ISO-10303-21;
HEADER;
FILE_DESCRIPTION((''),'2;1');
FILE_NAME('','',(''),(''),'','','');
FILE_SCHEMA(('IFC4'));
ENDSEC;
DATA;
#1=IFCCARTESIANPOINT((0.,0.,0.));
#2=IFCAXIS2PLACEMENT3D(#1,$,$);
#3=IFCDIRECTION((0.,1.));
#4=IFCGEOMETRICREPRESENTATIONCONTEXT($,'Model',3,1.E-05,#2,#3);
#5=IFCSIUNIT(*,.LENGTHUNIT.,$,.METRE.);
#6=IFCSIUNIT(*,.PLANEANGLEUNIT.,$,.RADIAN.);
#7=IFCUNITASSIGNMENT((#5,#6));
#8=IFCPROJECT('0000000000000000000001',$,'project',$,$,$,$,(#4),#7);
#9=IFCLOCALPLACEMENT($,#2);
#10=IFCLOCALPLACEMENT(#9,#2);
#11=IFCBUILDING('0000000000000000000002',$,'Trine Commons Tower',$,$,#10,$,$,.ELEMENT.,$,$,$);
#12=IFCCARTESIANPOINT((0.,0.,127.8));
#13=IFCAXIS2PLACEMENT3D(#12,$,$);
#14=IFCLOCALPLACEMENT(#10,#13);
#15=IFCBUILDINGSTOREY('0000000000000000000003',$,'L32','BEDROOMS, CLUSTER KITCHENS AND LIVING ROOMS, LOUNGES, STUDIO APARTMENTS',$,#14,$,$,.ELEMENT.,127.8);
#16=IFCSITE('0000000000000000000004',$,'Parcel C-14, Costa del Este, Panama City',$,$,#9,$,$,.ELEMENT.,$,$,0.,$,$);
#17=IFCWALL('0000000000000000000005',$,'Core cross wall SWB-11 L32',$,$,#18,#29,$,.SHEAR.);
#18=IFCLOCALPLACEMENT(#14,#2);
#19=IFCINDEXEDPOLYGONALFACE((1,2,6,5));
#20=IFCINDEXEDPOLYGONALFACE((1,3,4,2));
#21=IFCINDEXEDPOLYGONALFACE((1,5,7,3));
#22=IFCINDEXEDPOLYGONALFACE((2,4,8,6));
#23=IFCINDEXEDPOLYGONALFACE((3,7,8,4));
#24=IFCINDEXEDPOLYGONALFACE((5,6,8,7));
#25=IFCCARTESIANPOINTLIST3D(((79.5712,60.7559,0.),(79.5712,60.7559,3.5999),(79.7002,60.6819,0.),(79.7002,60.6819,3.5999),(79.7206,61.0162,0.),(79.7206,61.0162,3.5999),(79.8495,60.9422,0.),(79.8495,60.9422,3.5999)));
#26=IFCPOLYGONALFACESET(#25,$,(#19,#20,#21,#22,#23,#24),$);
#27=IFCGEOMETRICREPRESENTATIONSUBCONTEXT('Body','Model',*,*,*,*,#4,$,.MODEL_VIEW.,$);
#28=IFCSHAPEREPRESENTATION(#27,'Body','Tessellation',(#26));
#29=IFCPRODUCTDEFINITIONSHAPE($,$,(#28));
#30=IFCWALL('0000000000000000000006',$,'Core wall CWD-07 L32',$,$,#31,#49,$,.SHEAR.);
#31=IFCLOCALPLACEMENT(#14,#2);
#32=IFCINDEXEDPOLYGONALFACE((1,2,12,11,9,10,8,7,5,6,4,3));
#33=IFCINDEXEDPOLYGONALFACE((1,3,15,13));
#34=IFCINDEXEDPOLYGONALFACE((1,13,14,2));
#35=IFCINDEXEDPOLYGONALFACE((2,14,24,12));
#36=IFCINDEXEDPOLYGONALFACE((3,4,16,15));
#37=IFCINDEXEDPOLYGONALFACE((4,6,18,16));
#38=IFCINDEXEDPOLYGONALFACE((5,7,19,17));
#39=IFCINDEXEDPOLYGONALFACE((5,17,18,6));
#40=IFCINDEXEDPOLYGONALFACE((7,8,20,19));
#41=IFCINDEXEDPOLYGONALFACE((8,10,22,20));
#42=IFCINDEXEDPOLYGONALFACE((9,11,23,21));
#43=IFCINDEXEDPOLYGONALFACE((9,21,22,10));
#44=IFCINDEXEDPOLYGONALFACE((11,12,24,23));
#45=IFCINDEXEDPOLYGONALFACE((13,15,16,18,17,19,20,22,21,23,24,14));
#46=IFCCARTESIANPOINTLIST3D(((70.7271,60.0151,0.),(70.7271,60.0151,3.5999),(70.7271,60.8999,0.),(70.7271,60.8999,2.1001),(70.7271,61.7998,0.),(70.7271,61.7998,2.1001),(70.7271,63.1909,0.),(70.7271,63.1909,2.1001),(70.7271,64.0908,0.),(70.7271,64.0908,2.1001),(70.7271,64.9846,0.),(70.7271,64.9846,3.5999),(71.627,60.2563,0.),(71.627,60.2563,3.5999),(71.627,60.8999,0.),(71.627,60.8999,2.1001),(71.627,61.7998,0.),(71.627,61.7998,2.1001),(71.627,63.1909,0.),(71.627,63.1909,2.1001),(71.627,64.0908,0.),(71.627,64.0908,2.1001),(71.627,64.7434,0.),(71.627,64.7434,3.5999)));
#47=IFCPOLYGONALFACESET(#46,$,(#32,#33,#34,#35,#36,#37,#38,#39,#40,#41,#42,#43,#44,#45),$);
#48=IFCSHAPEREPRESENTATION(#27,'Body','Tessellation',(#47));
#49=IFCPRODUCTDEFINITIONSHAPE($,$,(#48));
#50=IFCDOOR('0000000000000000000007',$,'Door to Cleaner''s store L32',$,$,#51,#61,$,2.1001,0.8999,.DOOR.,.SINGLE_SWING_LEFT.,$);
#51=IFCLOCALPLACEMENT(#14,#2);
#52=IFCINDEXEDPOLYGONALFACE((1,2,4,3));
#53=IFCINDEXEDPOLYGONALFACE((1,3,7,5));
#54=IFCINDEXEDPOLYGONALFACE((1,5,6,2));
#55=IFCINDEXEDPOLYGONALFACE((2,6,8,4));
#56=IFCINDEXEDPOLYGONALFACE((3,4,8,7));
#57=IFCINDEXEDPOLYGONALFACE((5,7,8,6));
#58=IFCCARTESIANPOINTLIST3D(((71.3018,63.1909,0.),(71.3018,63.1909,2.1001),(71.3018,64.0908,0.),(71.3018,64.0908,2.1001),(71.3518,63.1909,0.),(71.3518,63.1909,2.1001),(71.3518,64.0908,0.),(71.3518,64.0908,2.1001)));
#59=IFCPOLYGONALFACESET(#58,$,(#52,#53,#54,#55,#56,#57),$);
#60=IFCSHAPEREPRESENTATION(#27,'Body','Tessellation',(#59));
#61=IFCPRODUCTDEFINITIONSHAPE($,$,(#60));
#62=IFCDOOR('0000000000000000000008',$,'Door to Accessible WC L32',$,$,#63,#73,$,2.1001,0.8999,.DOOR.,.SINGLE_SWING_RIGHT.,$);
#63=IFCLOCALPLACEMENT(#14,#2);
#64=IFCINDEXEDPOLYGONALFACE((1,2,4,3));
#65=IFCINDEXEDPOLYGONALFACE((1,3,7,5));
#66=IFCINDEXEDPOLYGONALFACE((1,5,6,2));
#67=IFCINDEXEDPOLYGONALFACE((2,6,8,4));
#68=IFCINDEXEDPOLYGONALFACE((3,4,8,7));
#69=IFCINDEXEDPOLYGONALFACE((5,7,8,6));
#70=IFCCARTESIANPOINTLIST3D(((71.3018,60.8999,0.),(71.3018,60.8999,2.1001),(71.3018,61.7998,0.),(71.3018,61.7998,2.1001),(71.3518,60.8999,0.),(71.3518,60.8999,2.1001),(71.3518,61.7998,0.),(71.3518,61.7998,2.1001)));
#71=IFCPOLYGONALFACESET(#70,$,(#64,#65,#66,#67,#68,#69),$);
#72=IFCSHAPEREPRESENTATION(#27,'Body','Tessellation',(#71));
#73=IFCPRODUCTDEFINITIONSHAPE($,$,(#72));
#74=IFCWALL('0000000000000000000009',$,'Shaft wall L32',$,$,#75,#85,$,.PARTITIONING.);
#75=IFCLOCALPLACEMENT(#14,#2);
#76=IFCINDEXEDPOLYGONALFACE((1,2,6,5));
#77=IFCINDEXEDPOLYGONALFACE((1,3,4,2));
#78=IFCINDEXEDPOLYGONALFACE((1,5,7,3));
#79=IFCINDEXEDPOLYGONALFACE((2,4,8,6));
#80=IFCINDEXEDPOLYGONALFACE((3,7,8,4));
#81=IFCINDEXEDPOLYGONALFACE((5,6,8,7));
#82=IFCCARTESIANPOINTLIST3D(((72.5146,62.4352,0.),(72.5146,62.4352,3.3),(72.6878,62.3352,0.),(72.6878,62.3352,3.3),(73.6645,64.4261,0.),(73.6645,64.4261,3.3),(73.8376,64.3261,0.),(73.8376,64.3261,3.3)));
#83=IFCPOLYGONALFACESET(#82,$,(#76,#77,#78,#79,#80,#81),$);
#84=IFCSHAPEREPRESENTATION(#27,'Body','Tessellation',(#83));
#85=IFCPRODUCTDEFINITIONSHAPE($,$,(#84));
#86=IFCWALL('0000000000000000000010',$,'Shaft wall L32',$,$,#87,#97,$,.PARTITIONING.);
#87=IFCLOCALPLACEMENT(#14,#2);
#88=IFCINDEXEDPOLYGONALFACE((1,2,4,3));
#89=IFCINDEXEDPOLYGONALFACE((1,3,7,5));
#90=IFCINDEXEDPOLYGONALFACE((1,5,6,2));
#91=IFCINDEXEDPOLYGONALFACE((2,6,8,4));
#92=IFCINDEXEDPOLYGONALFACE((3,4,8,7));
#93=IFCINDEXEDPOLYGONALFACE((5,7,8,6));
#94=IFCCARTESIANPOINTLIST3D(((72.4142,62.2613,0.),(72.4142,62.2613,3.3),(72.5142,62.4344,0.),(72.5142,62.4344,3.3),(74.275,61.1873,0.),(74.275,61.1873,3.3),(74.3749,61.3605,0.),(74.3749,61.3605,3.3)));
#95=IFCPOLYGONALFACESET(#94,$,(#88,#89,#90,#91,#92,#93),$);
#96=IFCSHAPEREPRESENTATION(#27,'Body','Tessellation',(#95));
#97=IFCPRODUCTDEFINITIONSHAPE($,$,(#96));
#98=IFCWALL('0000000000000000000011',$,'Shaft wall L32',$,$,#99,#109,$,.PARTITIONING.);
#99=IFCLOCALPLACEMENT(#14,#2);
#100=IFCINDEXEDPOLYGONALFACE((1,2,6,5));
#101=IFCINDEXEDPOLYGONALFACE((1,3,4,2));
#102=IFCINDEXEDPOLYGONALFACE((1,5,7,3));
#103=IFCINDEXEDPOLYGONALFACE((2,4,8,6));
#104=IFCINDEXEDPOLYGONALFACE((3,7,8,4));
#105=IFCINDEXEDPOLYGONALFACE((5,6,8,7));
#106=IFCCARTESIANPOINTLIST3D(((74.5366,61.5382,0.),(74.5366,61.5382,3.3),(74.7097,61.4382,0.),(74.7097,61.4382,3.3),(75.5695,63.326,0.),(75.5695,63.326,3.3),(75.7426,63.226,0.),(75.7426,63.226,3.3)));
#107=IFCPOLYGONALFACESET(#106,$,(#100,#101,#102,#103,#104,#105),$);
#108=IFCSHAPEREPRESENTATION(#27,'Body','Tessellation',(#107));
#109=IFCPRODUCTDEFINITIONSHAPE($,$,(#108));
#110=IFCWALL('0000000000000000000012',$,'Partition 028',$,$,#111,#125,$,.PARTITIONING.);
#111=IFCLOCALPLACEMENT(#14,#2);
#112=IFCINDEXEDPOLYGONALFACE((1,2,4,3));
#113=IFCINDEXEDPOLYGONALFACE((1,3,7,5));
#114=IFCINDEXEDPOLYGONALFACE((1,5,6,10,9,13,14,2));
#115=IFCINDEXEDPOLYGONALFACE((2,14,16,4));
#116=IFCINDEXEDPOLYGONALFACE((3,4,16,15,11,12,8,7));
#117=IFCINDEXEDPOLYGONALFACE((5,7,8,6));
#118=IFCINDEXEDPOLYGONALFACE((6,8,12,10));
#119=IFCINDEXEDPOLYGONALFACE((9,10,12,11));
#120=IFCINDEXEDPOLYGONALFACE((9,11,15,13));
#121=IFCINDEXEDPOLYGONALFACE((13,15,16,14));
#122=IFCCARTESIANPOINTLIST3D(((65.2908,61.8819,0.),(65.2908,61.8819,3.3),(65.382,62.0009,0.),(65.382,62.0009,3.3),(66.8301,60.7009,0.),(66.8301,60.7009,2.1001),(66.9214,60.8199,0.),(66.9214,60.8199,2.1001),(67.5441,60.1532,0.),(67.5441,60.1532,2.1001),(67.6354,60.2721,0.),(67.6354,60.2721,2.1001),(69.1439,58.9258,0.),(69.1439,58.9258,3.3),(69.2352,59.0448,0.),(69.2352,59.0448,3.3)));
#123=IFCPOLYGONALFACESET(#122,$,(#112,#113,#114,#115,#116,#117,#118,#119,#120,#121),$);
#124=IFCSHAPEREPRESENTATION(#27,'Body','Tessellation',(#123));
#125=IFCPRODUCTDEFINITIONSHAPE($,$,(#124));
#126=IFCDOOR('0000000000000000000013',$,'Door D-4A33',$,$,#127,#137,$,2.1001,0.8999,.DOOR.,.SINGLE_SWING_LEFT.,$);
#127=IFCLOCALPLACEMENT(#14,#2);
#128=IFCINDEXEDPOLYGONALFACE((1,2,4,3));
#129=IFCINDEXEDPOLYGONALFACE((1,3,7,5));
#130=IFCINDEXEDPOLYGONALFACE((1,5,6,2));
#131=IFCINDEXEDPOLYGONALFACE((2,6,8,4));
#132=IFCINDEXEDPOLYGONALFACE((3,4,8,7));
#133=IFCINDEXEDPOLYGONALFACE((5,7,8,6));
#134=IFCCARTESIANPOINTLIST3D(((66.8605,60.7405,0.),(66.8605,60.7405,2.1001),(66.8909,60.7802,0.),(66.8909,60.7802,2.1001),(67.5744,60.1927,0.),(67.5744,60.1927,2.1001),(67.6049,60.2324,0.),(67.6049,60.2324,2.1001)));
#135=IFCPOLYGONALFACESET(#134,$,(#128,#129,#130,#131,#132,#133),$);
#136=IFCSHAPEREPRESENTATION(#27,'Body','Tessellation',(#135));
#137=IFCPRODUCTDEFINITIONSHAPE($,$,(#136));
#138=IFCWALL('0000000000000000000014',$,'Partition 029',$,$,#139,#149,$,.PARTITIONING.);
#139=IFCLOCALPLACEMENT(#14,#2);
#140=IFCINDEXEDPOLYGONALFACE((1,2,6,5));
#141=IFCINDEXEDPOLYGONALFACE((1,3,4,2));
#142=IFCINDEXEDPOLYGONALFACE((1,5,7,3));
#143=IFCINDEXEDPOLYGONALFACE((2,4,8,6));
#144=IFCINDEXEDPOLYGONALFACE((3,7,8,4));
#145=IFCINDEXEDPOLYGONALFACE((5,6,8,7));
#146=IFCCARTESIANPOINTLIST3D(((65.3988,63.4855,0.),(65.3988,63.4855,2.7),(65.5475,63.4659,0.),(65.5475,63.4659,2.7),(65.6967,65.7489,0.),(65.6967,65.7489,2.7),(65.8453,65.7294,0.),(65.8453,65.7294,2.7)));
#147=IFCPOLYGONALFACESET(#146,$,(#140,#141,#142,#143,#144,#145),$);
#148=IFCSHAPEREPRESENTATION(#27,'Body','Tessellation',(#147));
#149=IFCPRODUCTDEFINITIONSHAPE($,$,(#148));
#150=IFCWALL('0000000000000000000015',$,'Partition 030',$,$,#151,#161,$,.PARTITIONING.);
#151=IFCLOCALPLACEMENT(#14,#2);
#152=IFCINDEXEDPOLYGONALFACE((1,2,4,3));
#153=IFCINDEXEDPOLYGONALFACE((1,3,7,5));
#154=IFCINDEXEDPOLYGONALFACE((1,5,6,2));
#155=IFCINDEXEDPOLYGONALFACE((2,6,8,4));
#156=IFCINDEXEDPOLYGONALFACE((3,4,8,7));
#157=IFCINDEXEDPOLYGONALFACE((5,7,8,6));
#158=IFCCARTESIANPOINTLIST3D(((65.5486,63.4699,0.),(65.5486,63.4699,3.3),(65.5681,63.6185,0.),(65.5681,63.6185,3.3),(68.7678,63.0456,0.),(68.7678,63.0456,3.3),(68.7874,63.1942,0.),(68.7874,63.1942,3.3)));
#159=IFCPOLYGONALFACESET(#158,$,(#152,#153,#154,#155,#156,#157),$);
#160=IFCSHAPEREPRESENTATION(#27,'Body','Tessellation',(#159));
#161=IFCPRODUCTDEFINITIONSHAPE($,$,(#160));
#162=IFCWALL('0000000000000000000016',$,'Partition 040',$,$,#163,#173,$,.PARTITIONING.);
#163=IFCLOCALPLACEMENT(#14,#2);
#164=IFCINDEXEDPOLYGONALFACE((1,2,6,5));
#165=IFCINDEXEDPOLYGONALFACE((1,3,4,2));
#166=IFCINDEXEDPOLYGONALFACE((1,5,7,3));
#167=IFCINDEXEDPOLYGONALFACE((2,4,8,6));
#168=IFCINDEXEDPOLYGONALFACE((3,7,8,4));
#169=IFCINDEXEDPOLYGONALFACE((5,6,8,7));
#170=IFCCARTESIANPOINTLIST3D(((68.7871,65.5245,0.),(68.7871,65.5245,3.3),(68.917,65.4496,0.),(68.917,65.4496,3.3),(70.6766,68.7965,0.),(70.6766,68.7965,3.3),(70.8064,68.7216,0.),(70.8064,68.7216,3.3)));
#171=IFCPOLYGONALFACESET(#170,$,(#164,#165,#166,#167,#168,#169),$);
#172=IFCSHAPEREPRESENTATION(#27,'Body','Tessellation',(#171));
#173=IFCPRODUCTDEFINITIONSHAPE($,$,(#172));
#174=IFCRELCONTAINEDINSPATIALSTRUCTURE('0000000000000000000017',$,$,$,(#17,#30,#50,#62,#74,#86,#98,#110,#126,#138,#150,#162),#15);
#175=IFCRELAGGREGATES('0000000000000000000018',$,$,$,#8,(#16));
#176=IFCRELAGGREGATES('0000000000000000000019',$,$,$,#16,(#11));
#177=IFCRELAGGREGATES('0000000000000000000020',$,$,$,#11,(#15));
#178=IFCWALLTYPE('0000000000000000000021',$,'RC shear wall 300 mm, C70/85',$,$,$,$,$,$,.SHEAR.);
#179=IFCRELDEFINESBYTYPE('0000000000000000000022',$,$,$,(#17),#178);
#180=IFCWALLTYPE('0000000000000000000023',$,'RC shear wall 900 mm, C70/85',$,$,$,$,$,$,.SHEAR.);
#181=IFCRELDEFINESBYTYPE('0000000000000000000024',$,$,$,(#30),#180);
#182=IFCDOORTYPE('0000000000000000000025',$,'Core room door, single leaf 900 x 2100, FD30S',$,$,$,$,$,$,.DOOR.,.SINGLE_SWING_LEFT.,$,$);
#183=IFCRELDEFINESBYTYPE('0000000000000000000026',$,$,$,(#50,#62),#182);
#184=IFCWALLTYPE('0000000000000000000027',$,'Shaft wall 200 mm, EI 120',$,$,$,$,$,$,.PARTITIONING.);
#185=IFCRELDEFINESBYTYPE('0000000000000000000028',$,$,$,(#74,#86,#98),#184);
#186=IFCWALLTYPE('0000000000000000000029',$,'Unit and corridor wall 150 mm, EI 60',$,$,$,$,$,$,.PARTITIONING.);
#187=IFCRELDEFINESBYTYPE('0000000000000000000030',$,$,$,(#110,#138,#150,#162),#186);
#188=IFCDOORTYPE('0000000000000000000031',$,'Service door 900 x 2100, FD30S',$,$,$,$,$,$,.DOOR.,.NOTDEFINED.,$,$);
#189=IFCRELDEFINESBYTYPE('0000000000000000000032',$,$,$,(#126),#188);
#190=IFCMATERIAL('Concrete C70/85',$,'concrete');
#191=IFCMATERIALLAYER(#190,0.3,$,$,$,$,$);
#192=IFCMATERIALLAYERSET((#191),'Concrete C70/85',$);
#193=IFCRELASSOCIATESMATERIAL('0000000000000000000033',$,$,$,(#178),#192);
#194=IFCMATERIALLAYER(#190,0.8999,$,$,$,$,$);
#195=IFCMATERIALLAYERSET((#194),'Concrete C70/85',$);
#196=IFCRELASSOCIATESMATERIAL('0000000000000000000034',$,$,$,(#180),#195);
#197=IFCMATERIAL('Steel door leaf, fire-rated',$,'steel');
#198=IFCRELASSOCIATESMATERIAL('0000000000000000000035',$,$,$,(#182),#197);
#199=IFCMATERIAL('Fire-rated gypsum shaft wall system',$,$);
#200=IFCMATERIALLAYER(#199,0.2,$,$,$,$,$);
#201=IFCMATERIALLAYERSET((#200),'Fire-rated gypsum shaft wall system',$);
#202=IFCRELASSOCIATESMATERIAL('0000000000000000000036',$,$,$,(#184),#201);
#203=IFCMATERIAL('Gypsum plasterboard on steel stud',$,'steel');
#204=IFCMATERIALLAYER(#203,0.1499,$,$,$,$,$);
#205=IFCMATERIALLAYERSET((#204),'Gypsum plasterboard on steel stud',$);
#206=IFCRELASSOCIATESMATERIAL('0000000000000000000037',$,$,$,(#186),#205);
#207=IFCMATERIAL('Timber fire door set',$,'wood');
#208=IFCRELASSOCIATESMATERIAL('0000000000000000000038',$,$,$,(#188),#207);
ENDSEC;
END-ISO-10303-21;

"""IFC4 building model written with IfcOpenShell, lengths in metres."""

from ifc_helpers import new_model, si_unit, direction, frame, frame_2d, origin, place, context, subcontext, project, spatial, polyline, rectangle, outline, extrude, material, layer, layer_set, type_object, element, fill, save


model = new_model("IFC4")

# Units and contexts
model_context = context("Model", 3, precision=1e-05, world=origin(), true_north=direction((0.0, 1.0)))
body_context = subcontext(model_context, "Body", "Model", "MODEL_VIEW")
ifc_project = project(units=[si_unit("LENGTHUNIT", "METRE"), si_unit("PLANEANGLEUNIT", "RADIAN")], contexts=[model_context])

# Site, building, storey
site_placement = place(None, origin())
site = spatial("IfcSite", under=ifc_project, at=site_placement, Name="Parcel C-14, Costa del Este, Panama City", CompositionType="ELEMENT", RefElevation=0.0)
building_placement = place(site_placement, origin())
building = spatial("IfcBuilding", under=site, at=building_placement, Name="Trine Commons Tower", CompositionType="ELEMENT")
storey_placement = place(building_placement, frame((0.0, 0.0, 127.8)))
storey = spatial("IfcBuildingStorey", under=building, at=storey_placement, Name="L32", Description="BEDROOMS, CLUSTER KITCHENS AND LIVING ROOMS, LOUNGES, STUDIO APARTMENTS", CompositionType="ELEMENT", Elevation=127.8)

# Shared definitions
ifc_material_1 = material(Name="Fire-rated gypsum shaft wall system")
ifc_material_2 = material(Name="Steel door leaf, fire-rated", Category="steel")
ifc_material_3 = material(Name="Concrete C70/85", Category="concrete")
ifc_layer_1 = layer(ifc_material_3, 0.3)
ifc_layer_set_1 = layer_set([ifc_layer_1], Name="Concrete C70/85")
wall_type_1 = type_object("IfcWallType", Name="RC shear wall 300 mm, C70/85", PredefinedType="SHEAR", material=ifc_layer_set_1)

# Wall
wall_1_placement = place(storey_placement, frame((79.646, 60.886, 0.0), z_axis=(0.0, 0.0, 1.0), x_axis=(0.867332, -0.49773, 0.0)))
element("IfcWall", 1, at=wall_1_placement, inside=storey, type_object=wall_type_1, Name="Core cross wall SWB-11 L32", PredefinedType="SHEAR", context=body_context, shape_type="SweptSolid", body=[
    extrude(rectangle(XDim=0.1487, YDim=0.3, at=frame_2d((0.0742, 0.0))), origin(), (0.0, 0.0, 1.0), 3.5999),
])

# Wall, openings, doors
ifc_layer_2 = layer(ifc_material_3, 0.8999)
ifc_layer_set_2 = layer_set([ifc_layer_2], Name="Concrete C70/85")
wall_type_2 = type_object("IfcWallType", Name="RC shear wall 900 mm, C70/85", PredefinedType="SHEAR", material=ifc_layer_set_2)
wall_2_placement = place(storey_placement, frame((71.177, 64.9846, 0.0), z_axis=(0.0, 0.0, 1.0), x_axis=(0.0, -1.0, 0.0)))
wall_2 = element("IfcWall", 2, at=wall_2_placement, inside=storey, type_object=wall_type_2, Name="Core wall CWD-07 L32", PredefinedType="SHEAR", context=body_context, shape_type="SweptSolid", body=[
    extrude(outline(polyline([(0.0, -0.45), (4.9695, -0.45), (4.7283, 0.45), (0.2412, 0.45), (0.0, -0.45)])), origin(), (0.0, 0.0, 1.0), 3.5999),
])
opening_1_placement = place(wall_2_placement, frame((0.8938, 0.0, 0.0)))
opening_1 = element("IfcOpeningElement", 3, at=opening_1_placement, cuts=wall_2, PredefinedType="OPENING", context=body_context, shape_type="SweptSolid", body=[
    extrude(rectangle(XDim=0.8999, YDim=2.1001, at=frame_2d((0.45, 1.05))), frame((0.0, 0.46, 0.0), z_axis=(0.0, -1.0, 0.0), x_axis=(1.0, 0.0, 0.0)), (0.0, 0.0, 1.0), 0.9199),
])
opening_2_placement = place(wall_2_placement, frame((3.1848, 0.0, 0.0)))
opening_2 = element("IfcOpeningElement", 4, at=opening_2_placement, cuts=wall_2, PredefinedType="OPENING", context=body_context, shape_type="SweptSolid", body=[
    extrude(rectangle(XDim=0.8999, YDim=2.1001, at=frame_2d((0.45, 1.05))), frame((0.0, 0.46, 0.0), z_axis=(0.0, -1.0, 0.0), x_axis=(1.0, 0.0, 0.0)), (0.0, 0.0, 1.0), 0.9199),
])
door_type_1 = type_object("IfcDoorType", Name="Core room door, single leaf 900 x 2100, FD30S", OperationType="SINGLE_SWING_LEFT", PredefinedType="DOOR", material=ifc_material_2)
door_1_placement = place(opening_1_placement, origin())
door_1 = element("IfcDoor", 5, at=door_1_placement, inside=storey, type_object=door_type_1, Name="Door to Cleaner's store L32", OperationType="SINGLE_SWING_LEFT", OverallHeight=2.1001, OverallWidth=0.8999, PredefinedType="DOOR", context=body_context, shape_type="SweptSolid", body=[
    extrude(rectangle(XDim=0.8999, YDim=2.1001, at=frame_2d((0.45, 1.05))), frame((0.0, 0.1748, 0.0), z_axis=(0.0, -1.0, 0.0), x_axis=(1.0, 0.0, 0.0)), (0.0, 0.0, 1.0), 0.05),
])
fill(opening_1, door_1)
door_2_placement = place(opening_2_placement, origin())
door_2 = element("IfcDoor", 6, at=door_2_placement, inside=storey, type_object=door_type_1, Name="Door to Accessible WC L32", OperationType="SINGLE_SWING_RIGHT", OverallHeight=2.1001, OverallWidth=0.8999, PredefinedType="DOOR", context=body_context, shape_type="SweptSolid", body=[
    extrude(rectangle(XDim=0.8999, YDim=2.1001, at=frame_2d((0.45, 1.05))), frame((0.0, 0.1748, 0.0), z_axis=(0.0, -1.0, 0.0), x_axis=(1.0, 0.0, 0.0)), (0.0, 0.0, 1.0), 0.05),
])
fill(opening_2, door_2)

# Walls
ifc_layer_3 = layer(ifc_material_1, 0.2)
ifc_layer_set_3 = layer_set([ifc_layer_3], Name="Fire-rated gypsum shaft wall system")
wall_type_3 = type_object("IfcWallType", Name="Shaft wall 200 mm, EI 120", PredefinedType="PARTITIONING", material=ifc_layer_set_3)
wall_3_placement = place(storey_placement, frame((73.751, 64.376, 0.0), z_axis=(0.0, 0.0, 1.0), x_axis=(-0.500136, -0.865947, 0.0)))
element("IfcWall", 7, at=wall_3_placement, inside=storey, type_object=wall_type_3, Name="Shaft wall L32", PredefinedType="PARTITIONING", context=body_context, shape_type="SweptSolid", body=[
    extrude(rectangle(XDim=2.2991, YDim=0.2, at=frame_2d((1.1494, 0.0))), origin(), (0.0, 0.0, 1.0), 3.3),
])
wall_4_placement = place(storey_placement, frame((74.325, 61.2739, 0.0), z_axis=(0.0, 0.0, 1.0), x_axis=(-0.866102, 0.499867, 0.0)))
element("IfcWall", 8, at=wall_4_placement, inside=storey, type_object=wall_type_3, Name="Shaft wall L32", PredefinedType="PARTITIONING", context=body_context, shape_type="SweptSolid", body=[
    extrude(rectangle(XDim=2.1484, YDim=0.2, at=frame_2d((1.0742, 0.0))), origin(), (0.0, 0.0, 1.0), 3.3),
])
wall_5_placement = place(storey_placement, frame((75.656, 63.2759, 0.0), z_axis=(0.0, 0.0, 1.0), x_axis=(-0.500272, -0.865868, 0.0)))
element("IfcWall", 9, at=wall_5_placement, inside=storey, type_object=wall_type_3, Name="Shaft wall L32", PredefinedType="PARTITIONING", context=body_context, shape_type="SweptSolid", body=[
    extrude(rectangle(XDim=2.0647, YDim=0.2, at=frame_2d((1.0322, 0.0))), origin(), (0.0, 0.0, 1.0), 3.3),
])

# Wall, opening, door
ifc_material_4 = material(Name="Gypsum plasterboard on steel stud", Category="steel")
ifc_layer_4 = layer(ifc_material_4, 0.1499)
ifc_layer_set_4 = layer_set([ifc_layer_4], Name="Gypsum plasterboard on steel stud")
wall_type_4 = type_object("IfcWallType", Name="Unit and corridor wall 150 mm, EI 60", PredefinedType="PARTITIONING", material=ifc_layer_set_4)
wall_6_placement = place(storey_placement, frame((65.3364, 61.9414, 0.0), z_axis=(0.0, 0.0, 1.0), x_axis=(0.793401, -0.6087, 0.0)))
wall_6 = element("IfcWall", 10, at=wall_6_placement, inside=storey, type_object=wall_type_4, Name="Partition 028", PredefinedType="PARTITIONING", context=body_context, shape_type="SweptSolid", body=[
    extrude(rectangle(XDim=4.8564, YDim=0.1499, at=frame_2d((2.4282, 0.0))), origin(), (0.0, 0.0, 1.0), 3.3),
])
opening_3_placement = place(wall_6_placement, frame((1.9402, 0.0, 0.0)))
opening_3 = element("IfcOpeningElement", 11, at=opening_3_placement, cuts=wall_6, PredefinedType="OPENING", context=body_context, shape_type="SweptSolid", body=[
    extrude(rectangle(XDim=0.8999, YDim=2.1001, at=frame_2d((0.45, 1.05))), frame((0.0, 0.085, 0.0), z_axis=(0.0, -1.0, 0.0), x_axis=(1.0, 0.0, 0.0)), (0.0, 0.0, 1.0), 0.1699),
])
ifc_material_5 = material(Name="Timber fire door set", Category="wood")
door_type_2 = type_object("IfcDoorType", Name="Service door 900 x 2100, FD30S", OperationType="NOTDEFINED", PredefinedType="DOOR", material=ifc_material_5)
door_3_placement = place(opening_3_placement, origin())
door_3 = element("IfcDoor", 12, at=door_3_placement, inside=storey, type_object=door_type_2, Name="Door D-4A33", OperationType="SINGLE_SWING_LEFT", OverallHeight=2.1001, OverallWidth=0.8999, PredefinedType="DOOR", context=body_context, shape_type="SweptSolid", body=[
    extrude(rectangle(XDim=0.8999, YDim=2.1001, at=frame_2d((0.45, 1.05))), frame((0.0, 0.0249, 0.0), z_axis=(0.0, -1.0, 0.0), x_axis=(1.0, 0.0, 0.0)), (0.0, 0.0, 1.0), 0.05),
])
fill(opening_3, door_3)

# Walls
wall_7_placement = place(storey_placement, frame((65.4731, 63.4756, 0.0), z_axis=(0.0, 0.0, 1.0), x_axis=(0.130468, 0.991452, 0.0)))
element("IfcWall", 13, at=wall_7_placement, inside=storey, type_object=wall_type_4, Name="Partition 029", PredefinedType="PARTITIONING", context=body_context, shape_type="SweptSolid", body=[
    extrude(rectangle(XDim=2.283, YDim=0.1499, at=frame_2d((1.1416, 0.0))), origin(), (0.0, 0.0, 1.0), 2.7),
])
wall_8_placement = place(storey_placement, frame((65.5583, 63.5442, 0.0), z_axis=(0.0, 0.0, 1.0), x_axis=(0.991425, -0.130676, 0.0)))
element("IfcWall", 14, at=wall_8_placement, inside=storey, type_object=wall_type_4, Name="Partition 030", PredefinedType="PARTITIONING", context=body_context, shape_type="SweptSolid", body=[
    extrude(rectangle(XDim=3.2471, YDim=0.1499, at=frame_2d((1.6235, 0.0))), origin(), (0.0, 0.0, 1.0), 3.3),
])
wall_9_placement = place(storey_placement, frame((68.8521, 65.4871, 0.0), z_axis=(0.0, 0.0, 1.0), x_axis=(0.500066, 0.865988, 0.0)))
element("IfcWall", 15, at=wall_9_placement, inside=storey, type_object=wall_type_4, Name="Partition 040", PredefinedType="PARTITIONING", context=body_context, shape_type="SweptSolid", body=[
    extrude(rectangle(XDim=3.7783, YDim=0.1499, at=frame_2d((1.8892, 0.0))), origin(), (0.0, 0.0, 1.0), 3.3),
])

save(model, "model.ifc")
